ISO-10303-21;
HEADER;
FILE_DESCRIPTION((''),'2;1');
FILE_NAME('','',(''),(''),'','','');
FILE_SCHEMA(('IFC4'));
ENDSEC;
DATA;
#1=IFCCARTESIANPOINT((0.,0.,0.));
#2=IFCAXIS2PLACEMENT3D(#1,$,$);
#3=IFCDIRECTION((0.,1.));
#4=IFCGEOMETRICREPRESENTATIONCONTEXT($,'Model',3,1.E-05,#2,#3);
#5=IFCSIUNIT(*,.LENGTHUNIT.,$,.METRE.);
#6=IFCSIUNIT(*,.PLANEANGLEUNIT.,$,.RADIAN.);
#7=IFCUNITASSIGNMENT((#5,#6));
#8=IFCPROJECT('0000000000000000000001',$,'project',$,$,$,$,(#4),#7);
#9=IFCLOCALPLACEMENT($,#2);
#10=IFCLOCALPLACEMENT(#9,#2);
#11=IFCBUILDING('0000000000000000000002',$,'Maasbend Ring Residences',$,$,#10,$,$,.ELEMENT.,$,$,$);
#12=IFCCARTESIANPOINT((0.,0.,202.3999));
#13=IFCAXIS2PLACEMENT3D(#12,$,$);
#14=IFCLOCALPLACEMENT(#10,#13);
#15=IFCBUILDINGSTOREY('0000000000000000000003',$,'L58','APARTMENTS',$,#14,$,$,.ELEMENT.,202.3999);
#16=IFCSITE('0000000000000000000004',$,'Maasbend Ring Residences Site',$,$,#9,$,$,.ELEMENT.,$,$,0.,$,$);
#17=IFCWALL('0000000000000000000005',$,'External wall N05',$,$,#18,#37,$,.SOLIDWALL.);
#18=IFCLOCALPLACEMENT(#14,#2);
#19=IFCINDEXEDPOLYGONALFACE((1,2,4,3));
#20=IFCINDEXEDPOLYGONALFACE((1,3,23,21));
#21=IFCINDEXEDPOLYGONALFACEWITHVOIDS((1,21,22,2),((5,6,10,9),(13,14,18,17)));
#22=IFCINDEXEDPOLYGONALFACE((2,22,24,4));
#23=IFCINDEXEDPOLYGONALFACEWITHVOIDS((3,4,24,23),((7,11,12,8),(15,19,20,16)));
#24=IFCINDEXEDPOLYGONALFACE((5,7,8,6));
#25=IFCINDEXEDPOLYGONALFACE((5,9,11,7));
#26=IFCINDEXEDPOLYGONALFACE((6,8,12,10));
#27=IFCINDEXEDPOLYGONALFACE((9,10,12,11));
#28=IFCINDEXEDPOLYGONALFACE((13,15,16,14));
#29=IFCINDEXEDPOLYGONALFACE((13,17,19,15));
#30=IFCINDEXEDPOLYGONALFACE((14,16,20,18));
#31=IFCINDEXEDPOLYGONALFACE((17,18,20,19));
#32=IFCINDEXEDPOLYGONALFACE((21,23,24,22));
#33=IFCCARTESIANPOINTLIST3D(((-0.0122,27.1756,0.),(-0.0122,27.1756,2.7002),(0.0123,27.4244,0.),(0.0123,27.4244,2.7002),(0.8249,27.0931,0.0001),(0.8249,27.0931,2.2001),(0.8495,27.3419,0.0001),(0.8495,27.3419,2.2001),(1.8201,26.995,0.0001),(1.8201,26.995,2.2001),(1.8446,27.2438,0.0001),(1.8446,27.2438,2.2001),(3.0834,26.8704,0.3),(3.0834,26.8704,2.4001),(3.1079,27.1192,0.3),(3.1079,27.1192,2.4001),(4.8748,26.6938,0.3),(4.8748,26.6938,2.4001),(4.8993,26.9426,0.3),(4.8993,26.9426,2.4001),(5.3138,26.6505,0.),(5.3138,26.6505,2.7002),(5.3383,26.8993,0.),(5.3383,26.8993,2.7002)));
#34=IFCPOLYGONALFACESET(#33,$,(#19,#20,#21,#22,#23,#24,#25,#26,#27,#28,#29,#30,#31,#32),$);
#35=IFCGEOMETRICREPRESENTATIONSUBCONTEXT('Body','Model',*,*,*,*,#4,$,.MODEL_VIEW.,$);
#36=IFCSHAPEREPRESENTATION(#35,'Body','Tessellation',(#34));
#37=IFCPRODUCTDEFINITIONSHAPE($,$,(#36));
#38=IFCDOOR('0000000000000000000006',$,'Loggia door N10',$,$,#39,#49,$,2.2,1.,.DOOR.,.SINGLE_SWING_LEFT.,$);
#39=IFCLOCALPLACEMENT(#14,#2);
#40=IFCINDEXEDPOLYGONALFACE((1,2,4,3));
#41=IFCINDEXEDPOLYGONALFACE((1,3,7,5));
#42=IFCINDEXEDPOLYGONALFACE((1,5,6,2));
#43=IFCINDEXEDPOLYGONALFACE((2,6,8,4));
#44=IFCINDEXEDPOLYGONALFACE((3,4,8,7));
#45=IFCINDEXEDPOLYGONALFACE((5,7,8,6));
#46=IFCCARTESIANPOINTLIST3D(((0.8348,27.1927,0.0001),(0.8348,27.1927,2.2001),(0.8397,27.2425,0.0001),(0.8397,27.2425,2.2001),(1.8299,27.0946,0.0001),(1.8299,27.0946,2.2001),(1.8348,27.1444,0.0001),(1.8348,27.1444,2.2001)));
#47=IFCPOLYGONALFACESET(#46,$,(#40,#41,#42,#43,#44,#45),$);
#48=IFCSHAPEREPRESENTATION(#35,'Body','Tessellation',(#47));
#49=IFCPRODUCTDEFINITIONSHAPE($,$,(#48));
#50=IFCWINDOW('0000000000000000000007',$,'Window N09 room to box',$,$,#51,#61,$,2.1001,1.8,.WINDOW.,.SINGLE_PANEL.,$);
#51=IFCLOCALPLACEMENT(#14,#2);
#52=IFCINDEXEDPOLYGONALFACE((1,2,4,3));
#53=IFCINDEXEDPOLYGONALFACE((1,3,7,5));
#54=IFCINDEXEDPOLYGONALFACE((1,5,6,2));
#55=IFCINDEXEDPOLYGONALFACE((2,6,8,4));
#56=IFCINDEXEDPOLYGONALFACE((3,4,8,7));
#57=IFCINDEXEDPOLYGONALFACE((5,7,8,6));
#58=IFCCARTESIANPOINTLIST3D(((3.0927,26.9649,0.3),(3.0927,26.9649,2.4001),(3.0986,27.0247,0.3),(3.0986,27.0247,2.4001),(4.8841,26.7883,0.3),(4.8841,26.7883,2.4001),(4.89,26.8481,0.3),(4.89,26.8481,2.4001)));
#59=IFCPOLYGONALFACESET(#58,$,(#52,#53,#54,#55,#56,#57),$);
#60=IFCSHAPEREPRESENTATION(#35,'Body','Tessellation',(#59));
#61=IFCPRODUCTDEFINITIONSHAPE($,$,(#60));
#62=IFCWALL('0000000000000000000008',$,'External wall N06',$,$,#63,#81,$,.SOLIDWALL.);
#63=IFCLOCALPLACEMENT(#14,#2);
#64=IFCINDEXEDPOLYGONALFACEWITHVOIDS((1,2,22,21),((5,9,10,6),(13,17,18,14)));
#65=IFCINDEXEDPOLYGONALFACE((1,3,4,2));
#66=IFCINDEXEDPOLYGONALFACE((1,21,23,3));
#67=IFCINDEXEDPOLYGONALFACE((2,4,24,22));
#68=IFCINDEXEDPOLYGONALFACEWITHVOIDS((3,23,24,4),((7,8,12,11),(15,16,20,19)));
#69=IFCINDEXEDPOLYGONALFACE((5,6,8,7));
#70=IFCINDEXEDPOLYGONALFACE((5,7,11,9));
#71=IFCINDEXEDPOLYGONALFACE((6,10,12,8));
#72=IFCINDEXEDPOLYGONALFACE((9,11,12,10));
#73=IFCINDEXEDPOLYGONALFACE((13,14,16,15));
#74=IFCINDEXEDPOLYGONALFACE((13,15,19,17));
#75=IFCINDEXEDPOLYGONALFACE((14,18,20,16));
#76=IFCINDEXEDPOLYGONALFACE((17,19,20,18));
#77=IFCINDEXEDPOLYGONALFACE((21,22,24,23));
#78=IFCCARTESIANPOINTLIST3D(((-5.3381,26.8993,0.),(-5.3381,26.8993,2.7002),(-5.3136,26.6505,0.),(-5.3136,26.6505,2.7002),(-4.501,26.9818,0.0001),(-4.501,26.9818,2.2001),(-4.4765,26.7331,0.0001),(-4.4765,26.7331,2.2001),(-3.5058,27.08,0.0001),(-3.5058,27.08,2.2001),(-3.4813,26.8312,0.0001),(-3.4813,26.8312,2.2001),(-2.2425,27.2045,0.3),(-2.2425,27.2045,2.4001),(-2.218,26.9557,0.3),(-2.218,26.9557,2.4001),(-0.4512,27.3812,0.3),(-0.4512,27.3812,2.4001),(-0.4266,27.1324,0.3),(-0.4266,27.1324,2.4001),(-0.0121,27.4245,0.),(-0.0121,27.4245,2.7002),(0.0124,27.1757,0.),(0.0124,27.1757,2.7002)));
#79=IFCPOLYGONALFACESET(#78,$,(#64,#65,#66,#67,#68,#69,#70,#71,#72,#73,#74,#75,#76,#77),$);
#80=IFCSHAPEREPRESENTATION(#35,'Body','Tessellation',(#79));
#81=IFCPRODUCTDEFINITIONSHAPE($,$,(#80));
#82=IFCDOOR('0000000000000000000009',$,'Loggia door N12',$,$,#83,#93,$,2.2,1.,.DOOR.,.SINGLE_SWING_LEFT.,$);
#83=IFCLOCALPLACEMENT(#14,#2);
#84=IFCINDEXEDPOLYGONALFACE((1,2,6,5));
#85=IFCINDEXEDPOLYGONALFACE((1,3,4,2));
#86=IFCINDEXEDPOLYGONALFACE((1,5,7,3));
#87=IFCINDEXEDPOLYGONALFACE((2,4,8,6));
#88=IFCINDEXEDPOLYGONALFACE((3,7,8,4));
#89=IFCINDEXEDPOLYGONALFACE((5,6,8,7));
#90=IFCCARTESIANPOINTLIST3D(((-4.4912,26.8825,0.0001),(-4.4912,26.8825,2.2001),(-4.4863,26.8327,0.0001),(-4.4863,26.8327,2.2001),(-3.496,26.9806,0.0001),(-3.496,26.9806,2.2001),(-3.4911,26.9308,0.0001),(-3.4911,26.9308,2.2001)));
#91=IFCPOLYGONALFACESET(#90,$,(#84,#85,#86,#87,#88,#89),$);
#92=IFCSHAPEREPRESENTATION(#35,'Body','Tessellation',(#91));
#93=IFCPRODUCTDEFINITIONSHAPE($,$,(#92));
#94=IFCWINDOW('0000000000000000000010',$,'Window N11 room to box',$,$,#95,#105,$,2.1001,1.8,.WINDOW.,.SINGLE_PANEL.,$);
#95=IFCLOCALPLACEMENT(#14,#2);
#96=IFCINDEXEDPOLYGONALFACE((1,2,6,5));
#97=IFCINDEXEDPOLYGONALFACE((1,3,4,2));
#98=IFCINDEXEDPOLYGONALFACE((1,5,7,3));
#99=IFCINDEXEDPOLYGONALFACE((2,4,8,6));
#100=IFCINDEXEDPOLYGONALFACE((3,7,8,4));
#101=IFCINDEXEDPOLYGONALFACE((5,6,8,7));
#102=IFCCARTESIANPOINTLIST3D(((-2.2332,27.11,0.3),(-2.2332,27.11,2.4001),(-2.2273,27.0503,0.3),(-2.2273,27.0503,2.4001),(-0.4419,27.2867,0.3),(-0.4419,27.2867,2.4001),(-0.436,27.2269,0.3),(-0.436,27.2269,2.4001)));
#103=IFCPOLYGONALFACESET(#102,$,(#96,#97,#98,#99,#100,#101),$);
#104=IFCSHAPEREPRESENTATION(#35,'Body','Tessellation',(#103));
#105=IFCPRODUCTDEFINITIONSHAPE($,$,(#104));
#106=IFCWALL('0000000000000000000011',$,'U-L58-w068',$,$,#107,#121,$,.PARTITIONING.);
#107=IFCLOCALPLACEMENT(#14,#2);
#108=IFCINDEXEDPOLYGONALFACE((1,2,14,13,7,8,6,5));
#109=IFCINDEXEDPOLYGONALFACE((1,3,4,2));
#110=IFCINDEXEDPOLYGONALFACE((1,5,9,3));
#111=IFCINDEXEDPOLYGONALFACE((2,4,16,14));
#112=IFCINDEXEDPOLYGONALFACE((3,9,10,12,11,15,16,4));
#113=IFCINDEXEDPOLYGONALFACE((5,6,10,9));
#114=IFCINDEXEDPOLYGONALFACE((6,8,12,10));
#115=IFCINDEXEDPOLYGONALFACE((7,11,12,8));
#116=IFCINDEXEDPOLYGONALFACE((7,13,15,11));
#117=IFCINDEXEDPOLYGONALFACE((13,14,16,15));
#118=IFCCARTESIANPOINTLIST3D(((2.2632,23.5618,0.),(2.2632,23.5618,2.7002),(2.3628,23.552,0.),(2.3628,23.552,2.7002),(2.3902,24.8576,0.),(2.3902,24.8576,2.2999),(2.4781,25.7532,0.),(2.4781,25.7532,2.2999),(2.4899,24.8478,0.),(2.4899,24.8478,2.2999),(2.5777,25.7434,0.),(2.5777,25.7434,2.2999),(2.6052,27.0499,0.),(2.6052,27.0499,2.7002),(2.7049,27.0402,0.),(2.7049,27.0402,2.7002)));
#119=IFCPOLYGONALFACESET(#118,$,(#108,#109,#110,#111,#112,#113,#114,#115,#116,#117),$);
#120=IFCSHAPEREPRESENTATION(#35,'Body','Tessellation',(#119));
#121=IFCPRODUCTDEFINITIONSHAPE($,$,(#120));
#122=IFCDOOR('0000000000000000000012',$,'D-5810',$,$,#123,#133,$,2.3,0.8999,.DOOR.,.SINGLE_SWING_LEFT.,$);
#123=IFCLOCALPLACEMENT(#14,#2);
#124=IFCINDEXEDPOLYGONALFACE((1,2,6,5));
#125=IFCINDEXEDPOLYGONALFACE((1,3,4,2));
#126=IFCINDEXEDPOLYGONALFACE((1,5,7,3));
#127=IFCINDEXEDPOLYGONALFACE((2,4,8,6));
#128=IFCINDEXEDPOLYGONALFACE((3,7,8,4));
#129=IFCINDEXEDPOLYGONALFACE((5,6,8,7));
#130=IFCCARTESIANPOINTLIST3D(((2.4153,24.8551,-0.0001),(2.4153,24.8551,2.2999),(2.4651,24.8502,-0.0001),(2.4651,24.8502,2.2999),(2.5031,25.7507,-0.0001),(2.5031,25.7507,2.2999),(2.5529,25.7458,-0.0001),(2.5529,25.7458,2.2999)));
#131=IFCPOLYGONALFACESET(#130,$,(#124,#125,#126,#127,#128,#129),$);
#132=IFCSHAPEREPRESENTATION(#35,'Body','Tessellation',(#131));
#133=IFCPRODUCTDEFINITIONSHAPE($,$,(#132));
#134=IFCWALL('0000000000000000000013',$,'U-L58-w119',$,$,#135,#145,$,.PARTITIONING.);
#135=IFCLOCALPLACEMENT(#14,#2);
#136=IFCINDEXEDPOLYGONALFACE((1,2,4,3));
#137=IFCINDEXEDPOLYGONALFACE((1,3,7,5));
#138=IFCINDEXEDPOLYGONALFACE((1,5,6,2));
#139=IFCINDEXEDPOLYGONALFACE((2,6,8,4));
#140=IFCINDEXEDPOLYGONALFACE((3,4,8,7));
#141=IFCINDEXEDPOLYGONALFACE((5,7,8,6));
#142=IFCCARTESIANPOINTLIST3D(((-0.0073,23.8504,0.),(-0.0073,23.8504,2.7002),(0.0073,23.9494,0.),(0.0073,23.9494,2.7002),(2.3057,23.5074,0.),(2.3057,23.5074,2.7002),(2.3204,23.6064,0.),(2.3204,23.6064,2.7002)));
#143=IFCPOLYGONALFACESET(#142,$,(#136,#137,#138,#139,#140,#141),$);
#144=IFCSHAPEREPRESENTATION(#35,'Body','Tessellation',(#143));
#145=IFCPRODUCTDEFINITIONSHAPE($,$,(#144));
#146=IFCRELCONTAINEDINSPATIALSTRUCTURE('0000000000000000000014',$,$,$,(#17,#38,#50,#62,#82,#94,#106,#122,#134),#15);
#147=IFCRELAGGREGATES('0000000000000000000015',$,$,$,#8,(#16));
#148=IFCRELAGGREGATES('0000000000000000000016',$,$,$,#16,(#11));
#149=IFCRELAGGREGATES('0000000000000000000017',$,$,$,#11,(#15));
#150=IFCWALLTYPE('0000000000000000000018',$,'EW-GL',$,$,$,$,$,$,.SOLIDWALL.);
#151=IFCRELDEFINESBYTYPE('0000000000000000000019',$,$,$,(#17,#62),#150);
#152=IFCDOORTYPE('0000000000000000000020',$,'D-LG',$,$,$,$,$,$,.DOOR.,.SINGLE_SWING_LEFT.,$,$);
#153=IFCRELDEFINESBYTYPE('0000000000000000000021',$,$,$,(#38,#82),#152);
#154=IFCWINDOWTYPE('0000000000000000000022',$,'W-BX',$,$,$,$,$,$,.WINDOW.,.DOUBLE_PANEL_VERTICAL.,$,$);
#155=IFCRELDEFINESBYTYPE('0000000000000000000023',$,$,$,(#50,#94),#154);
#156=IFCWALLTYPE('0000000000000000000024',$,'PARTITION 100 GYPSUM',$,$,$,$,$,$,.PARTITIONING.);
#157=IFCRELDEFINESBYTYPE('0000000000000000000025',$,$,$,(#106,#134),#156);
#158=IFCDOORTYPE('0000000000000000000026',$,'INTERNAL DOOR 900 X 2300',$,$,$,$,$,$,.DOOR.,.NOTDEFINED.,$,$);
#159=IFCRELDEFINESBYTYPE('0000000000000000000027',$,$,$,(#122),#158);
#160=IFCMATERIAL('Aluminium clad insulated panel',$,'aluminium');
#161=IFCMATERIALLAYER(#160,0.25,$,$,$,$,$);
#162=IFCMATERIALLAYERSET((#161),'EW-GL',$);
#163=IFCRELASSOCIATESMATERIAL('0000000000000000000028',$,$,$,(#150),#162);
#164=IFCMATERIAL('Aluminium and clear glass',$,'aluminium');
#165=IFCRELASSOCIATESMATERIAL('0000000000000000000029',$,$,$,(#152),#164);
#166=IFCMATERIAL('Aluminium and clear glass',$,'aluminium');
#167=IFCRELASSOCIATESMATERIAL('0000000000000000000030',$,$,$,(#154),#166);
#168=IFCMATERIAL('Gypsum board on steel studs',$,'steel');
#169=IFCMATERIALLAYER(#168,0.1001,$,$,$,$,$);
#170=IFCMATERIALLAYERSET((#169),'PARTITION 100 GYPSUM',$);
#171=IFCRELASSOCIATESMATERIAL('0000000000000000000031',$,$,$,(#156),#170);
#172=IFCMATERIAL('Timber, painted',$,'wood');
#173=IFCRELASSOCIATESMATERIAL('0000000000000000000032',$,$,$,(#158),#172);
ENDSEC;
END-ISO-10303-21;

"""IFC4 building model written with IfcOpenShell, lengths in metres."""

from ifc_helpers import new_model, si_unit, direction, frame, frame_2d, origin, place, context, subcontext, project, spatial, rectangle, extrude, material, layer, layer_set, type_object, element, fill, save


model = new_model("IFC4")

# Units and contexts
model_context = context("Model", 3, precision=1e-05, world=origin(), true_north=direction((0.0, 1.0)))
body_context = subcontext(model_context, "Body", "Model", "MODEL_VIEW")
ifc_project = project(units=[si_unit("LENGTHUNIT", "METRE"), si_unit("PLANEANGLEUNIT", "RADIAN")], contexts=[model_context])

# Site, building, storey
site_placement = place(None, origin())
site = spatial("IfcSite", under=ifc_project, at=site_placement, Name="Maasbend Ring Residences Site", CompositionType="ELEMENT", RefElevation=0.0)
building_placement = place(site_placement, origin())
building = spatial("IfcBuilding", under=site, at=building_placement, Name="Maasbend Ring Residences", CompositionType="ELEMENT")
storey_placement = place(building_placement, frame((0.0, 0.0, 202.3999)))
storey = spatial("IfcBuildingStorey", under=building, at=storey_placement, Name="L58", Description="APARTMENTS", CompositionType="ELEMENT", Elevation=202.3999)

# Walls, openings, doors, windows
ifc_material_1 = material(Name="Aluminium clad insulated panel", Category="aluminium")
ifc_layer_1 = layer(ifc_material_1, 0.25)
ifc_layer_set_1 = layer_set([ifc_layer_1], Name="EW-GL")
wall_type_1 = type_object("IfcWallType", Name="EW-GL", PredefinedType="SOLIDWALL", material=ifc_layer_set_1)
ifc_material_2 = material(Name="Aluminium and clear glass", Category="aluminium")
door_type_1 = type_object("IfcDoorType", Name="D-LG", OperationType="SINGLE_SWING_LEFT", PredefinedType="DOOR", material=ifc_material_2)
ifc_material_3 = material(Name="Aluminium and clear glass", Category="aluminium")
window_type_1 = type_object("IfcWindowType", Name="W-BX", PartitioningType="DOUBLE_PANEL_VERTICAL", PredefinedType="WINDOW", material=ifc_material_3)
wall_1_placement = place(storey_placement, frame((5.3259, 26.7749, 0.0), z_axis=(0.0, 0.0, 1.0), x_axis=(-0.995174, 0.098126, 0.0)))
wall_1 = element("IfcWall", 1, at=wall_1_placement, inside=storey, type_object=wall_type_1, Name="External wall N05", PredefinedType="SOLIDWALL", context=body_context, shape_type="SweptSolid", body=[
    extrude(rectangle(XDim=5.3518, YDim=0.25, at=frame_2d((2.6758, 0.0))), origin(), (0.0, 0.0, 1.0), 2.7002),
])
opening_1_placement = place(wall_1_placement, frame((0.4412, 0.0, 0.3)))
opening_1 = element("IfcOpeningElement", 2, at=opening_1_placement, cuts=wall_1, PredefinedType="OPENING", context=body_context, shape_type="SweptSolid", body=[
    extrude(rectangle(XDim=1.8, YDim=2.1001, at=frame_2d((0.8999, 1.05))), frame((0.0, 0.135, 0.0), z_axis=(0.0, -1.0, 0.0), x_axis=(1.0, 0.0, 0.0)), (0.0, 0.0, 1.0), 0.27),
])
opening_2_placement = place(wall_1_placement, frame((3.5105, 0.0, 0.0)))
opening_2 = element("IfcOpeningElement", 3, at=opening_2_placement, cuts=wall_1, PredefinedType="OPENING", context=body_context, shape_type="SweptSolid", body=[
    extrude(rectangle(XDim=1.0, YDim=2.2, at=frame_2d((0.5, 1.1001))), frame((0.0, 0.135, 0.0), z_axis=(0.0, -1.0, 0.0), x_axis=(1.0, 0.0, 0.0)), (0.0, 0.0, 1.0), 0.27),
])
door_1_placement = place(opening_2_placement, origin())
door_1 = element("IfcDoor", 4, at=door_1_placement, inside=storey, type_object=door_type_1, Name="Loggia door N10", OperationType="SINGLE_SWING_LEFT", OverallHeight=2.2, OverallWidth=1.0, PredefinedType="DOOR", context=body_context, shape_type="SweptSolid", body=[
    extrude(rectangle(XDim=1.0, YDim=2.2, at=frame_2d((0.5, 1.1001))), frame((0.0, 0.0249, 0.0), z_axis=(0.0, -1.0, 0.0), x_axis=(1.0, 0.0, 0.0)), (0.0, 0.0, 1.0), 0.05),
])
fill(opening_2, door_1)
window_1_placement = place(opening_1_placement, origin())
window_1 = element("IfcWindow", 5, at=window_1_placement, inside=storey, type_object=window_type_1, Name="Window N09 room to box", OverallHeight=2.1001, OverallWidth=1.8, PartitioningType="SINGLE_PANEL", PredefinedType="WINDOW", context=body_context, shape_type="SweptSolid", body=[
    extrude(rectangle(XDim=1.8, YDim=2.1001, at=frame_2d((0.8999, 1.05))), frame((0.0, 0.03, 0.0), z_axis=(0.0, -1.0, 0.0), x_axis=(1.0, 0.0, 0.0)), (0.0, 0.0, 1.0), 0.0601),
])
fill(opening_1, window_1)
wall_2_placement = place(storey_placement, frame((0.0, 27.3, 0.0), z_axis=(0.0, 0.0, 1.0), x_axis=(-0.995174, -0.098126, 0.0)))
wall_2 = element("IfcWall", 6, at=wall_2_placement, inside=storey, type_object=wall_type_1, Name="External wall N06", PredefinedType="SOLIDWALL", context=body_context, shape_type="SweptSolid", body=[
    extrude(rectangle(XDim=5.3518, YDim=0.25, at=frame_2d((2.6758, 0.0))), origin(), (0.0, 0.0, 1.0), 2.7002),
])
opening_3_placement = place(wall_2_placement, frame((0.4412, 0.0, 0.3)))
opening_3 = element("IfcOpeningElement", 7, at=opening_3_placement, cuts=wall_2, PredefinedType="OPENING", context=body_context, shape_type="SweptSolid", body=[
    extrude(rectangle(XDim=1.8, YDim=2.1001, at=frame_2d((0.8999, 1.05))), frame((0.0, 0.135, 0.0), z_axis=(0.0, -1.0, 0.0), x_axis=(1.0, 0.0, 0.0)), (0.0, 0.0, 1.0), 0.27),
])
opening_4_placement = place(wall_2_placement, frame((3.5105, 0.0, 0.0)))
opening_4 = element("IfcOpeningElement", 8, at=opening_4_placement, cuts=wall_2, PredefinedType="OPENING", context=body_context, shape_type="SweptSolid", body=[
    extrude(rectangle(XDim=1.0, YDim=2.2, at=frame_2d((0.5, 1.1001))), frame((0.0, 0.135, 0.0), z_axis=(0.0, -1.0, 0.0), x_axis=(1.0, 0.0, 0.0)), (0.0, 0.0, 1.0), 0.27),
])
door_2_placement = place(opening_4_placement, origin())
door_2 = element("IfcDoor", 9, at=door_2_placement, inside=storey, type_object=door_type_1, Name="Loggia door N12", OperationType="SINGLE_SWING_LEFT", OverallHeight=2.2, OverallWidth=1.0, PredefinedType="DOOR", context=body_context, shape_type="SweptSolid", body=[
    extrude(rectangle(XDim=1.0, YDim=2.2, at=frame_2d((0.5, 1.1001))), frame((0.0, 0.0249, 0.0), z_axis=(0.0, -1.0, 0.0), x_axis=(1.0, 0.0, 0.0)), (0.0, 0.0, 1.0), 0.05),
])
fill(opening_4, door_2)
window_2_placement = place(opening_3_placement, origin())
window_2 = element("IfcWindow", 10, at=window_2_placement, inside=storey, type_object=window_type_1, Name="Window N11 room to box", OverallHeight=2.1001, OverallWidth=1.8, PartitioningType="SINGLE_PANEL", PredefinedType="WINDOW", context=body_context, shape_type="SweptSolid", body=[
    extrude(rectangle(XDim=1.8, YDim=2.1001, at=frame_2d((0.8999, 1.05))), frame((0.0, 0.03, 0.0), z_axis=(0.0, -1.0, 0.0), x_axis=(1.0, 0.0, 0.0)), (0.0, 0.0, 1.0), 0.0601),
])
fill(opening_3, window_2)

# Wall, opening, door
ifc_material_4 = material(Name="Gypsum board on steel studs", Category="steel")
ifc_layer_2 = layer(ifc_material_4, 0.1001)
ifc_layer_set_2 = layer_set([ifc_layer_2], Name="PARTITION 100 GYPSUM")
wall_type_2 = type_object("IfcWallType", Name="PARTITION 100 GYPSUM", PredefinedType="PARTITIONING", material=ifc_layer_set_2)
wall_3_placement = place(storey_placement, frame((2.313, 23.5569, 0.0), z_axis=(0.0, 0.0, 1.0), x_axis=(0.097593, 0.995226, 0.0)))
wall_3 = element("IfcWall", 11, at=wall_3_placement, inside=storey, type_object=wall_type_2, Name="U-L58-w068", PredefinedType="PARTITIONING", context=body_context, shape_type="SweptSolid", body=[
    extrude(rectangle(XDim=3.5049, YDim=0.1001, at=frame_2d((1.7524, 0.0))), origin(), (0.0, 0.0, 1.0), 2.7002),
])
opening_5_placement = place(wall_3_placement, frame((1.302, 0.0, 0.0)))
opening_5 = element("IfcOpeningElement", 12, at=opening_5_placement, cuts=wall_3, PredefinedType="OPENING", context=body_context, shape_type="SweptSolid", body=[
    extrude(rectangle(XDim=0.8999, YDim=2.3, at=frame_2d((0.45, 1.1499))), frame((0.0, 0.0601, 0.0), z_axis=(0.0, -1.0, 0.0), x_axis=(1.0, 0.0, 0.0)), (0.0, 0.0, 1.0), 0.1201),
])
ifc_material_5 = material(Name="Timber, painted", Category="wood")
door_type_2 = type_object("IfcDoorType", Name="INTERNAL DOOR 900 X 2300", OperationType="NOTDEFINED", PredefinedType="DOOR", material=ifc_material_5)
door_3_placement = place(opening_5_placement, origin())
door_3 = element("IfcDoor", 13, at=door_3_placement, inside=storey, type_object=door_type_2, Name="D-5810", OperationType="SINGLE_SWING_LEFT", OverallHeight=2.3, OverallWidth=0.8999, PredefinedType="DOOR", context=body_context, shape_type="SweptSolid", body=[
    extrude(rectangle(XDim=0.8999, YDim=2.3, at=frame_2d((0.45, 1.1499))), frame((0.0, 0.0249, 0.0), z_axis=(0.0, -1.0, 0.0), x_axis=(1.0, 0.0, 0.0)), (0.0, 0.0, 1.0), 0.05),
])
fill(opening_5, door_3)

# Wall
wall_4_placement = place(storey_placement, frame((0.0, 23.8999, 0.0), z_axis=(0.0, 0.0, 1.0), x_axis=(0.989182, -0.146696, 0.0)))
element("IfcWall", 14, at=wall_4_placement, inside=storey, type_object=wall_type_2, Name="U-L58-w119", PredefinedType="PARTITIONING", context=body_context, shape_type="SweptSolid", body=[
    extrude(rectangle(XDim=2.3384, YDim=0.1001, at=frame_2d((1.1692, 0.0))), origin(), (0.0, 0.0, 1.0), 2.7002),
])

save(model, "model.ifc")
